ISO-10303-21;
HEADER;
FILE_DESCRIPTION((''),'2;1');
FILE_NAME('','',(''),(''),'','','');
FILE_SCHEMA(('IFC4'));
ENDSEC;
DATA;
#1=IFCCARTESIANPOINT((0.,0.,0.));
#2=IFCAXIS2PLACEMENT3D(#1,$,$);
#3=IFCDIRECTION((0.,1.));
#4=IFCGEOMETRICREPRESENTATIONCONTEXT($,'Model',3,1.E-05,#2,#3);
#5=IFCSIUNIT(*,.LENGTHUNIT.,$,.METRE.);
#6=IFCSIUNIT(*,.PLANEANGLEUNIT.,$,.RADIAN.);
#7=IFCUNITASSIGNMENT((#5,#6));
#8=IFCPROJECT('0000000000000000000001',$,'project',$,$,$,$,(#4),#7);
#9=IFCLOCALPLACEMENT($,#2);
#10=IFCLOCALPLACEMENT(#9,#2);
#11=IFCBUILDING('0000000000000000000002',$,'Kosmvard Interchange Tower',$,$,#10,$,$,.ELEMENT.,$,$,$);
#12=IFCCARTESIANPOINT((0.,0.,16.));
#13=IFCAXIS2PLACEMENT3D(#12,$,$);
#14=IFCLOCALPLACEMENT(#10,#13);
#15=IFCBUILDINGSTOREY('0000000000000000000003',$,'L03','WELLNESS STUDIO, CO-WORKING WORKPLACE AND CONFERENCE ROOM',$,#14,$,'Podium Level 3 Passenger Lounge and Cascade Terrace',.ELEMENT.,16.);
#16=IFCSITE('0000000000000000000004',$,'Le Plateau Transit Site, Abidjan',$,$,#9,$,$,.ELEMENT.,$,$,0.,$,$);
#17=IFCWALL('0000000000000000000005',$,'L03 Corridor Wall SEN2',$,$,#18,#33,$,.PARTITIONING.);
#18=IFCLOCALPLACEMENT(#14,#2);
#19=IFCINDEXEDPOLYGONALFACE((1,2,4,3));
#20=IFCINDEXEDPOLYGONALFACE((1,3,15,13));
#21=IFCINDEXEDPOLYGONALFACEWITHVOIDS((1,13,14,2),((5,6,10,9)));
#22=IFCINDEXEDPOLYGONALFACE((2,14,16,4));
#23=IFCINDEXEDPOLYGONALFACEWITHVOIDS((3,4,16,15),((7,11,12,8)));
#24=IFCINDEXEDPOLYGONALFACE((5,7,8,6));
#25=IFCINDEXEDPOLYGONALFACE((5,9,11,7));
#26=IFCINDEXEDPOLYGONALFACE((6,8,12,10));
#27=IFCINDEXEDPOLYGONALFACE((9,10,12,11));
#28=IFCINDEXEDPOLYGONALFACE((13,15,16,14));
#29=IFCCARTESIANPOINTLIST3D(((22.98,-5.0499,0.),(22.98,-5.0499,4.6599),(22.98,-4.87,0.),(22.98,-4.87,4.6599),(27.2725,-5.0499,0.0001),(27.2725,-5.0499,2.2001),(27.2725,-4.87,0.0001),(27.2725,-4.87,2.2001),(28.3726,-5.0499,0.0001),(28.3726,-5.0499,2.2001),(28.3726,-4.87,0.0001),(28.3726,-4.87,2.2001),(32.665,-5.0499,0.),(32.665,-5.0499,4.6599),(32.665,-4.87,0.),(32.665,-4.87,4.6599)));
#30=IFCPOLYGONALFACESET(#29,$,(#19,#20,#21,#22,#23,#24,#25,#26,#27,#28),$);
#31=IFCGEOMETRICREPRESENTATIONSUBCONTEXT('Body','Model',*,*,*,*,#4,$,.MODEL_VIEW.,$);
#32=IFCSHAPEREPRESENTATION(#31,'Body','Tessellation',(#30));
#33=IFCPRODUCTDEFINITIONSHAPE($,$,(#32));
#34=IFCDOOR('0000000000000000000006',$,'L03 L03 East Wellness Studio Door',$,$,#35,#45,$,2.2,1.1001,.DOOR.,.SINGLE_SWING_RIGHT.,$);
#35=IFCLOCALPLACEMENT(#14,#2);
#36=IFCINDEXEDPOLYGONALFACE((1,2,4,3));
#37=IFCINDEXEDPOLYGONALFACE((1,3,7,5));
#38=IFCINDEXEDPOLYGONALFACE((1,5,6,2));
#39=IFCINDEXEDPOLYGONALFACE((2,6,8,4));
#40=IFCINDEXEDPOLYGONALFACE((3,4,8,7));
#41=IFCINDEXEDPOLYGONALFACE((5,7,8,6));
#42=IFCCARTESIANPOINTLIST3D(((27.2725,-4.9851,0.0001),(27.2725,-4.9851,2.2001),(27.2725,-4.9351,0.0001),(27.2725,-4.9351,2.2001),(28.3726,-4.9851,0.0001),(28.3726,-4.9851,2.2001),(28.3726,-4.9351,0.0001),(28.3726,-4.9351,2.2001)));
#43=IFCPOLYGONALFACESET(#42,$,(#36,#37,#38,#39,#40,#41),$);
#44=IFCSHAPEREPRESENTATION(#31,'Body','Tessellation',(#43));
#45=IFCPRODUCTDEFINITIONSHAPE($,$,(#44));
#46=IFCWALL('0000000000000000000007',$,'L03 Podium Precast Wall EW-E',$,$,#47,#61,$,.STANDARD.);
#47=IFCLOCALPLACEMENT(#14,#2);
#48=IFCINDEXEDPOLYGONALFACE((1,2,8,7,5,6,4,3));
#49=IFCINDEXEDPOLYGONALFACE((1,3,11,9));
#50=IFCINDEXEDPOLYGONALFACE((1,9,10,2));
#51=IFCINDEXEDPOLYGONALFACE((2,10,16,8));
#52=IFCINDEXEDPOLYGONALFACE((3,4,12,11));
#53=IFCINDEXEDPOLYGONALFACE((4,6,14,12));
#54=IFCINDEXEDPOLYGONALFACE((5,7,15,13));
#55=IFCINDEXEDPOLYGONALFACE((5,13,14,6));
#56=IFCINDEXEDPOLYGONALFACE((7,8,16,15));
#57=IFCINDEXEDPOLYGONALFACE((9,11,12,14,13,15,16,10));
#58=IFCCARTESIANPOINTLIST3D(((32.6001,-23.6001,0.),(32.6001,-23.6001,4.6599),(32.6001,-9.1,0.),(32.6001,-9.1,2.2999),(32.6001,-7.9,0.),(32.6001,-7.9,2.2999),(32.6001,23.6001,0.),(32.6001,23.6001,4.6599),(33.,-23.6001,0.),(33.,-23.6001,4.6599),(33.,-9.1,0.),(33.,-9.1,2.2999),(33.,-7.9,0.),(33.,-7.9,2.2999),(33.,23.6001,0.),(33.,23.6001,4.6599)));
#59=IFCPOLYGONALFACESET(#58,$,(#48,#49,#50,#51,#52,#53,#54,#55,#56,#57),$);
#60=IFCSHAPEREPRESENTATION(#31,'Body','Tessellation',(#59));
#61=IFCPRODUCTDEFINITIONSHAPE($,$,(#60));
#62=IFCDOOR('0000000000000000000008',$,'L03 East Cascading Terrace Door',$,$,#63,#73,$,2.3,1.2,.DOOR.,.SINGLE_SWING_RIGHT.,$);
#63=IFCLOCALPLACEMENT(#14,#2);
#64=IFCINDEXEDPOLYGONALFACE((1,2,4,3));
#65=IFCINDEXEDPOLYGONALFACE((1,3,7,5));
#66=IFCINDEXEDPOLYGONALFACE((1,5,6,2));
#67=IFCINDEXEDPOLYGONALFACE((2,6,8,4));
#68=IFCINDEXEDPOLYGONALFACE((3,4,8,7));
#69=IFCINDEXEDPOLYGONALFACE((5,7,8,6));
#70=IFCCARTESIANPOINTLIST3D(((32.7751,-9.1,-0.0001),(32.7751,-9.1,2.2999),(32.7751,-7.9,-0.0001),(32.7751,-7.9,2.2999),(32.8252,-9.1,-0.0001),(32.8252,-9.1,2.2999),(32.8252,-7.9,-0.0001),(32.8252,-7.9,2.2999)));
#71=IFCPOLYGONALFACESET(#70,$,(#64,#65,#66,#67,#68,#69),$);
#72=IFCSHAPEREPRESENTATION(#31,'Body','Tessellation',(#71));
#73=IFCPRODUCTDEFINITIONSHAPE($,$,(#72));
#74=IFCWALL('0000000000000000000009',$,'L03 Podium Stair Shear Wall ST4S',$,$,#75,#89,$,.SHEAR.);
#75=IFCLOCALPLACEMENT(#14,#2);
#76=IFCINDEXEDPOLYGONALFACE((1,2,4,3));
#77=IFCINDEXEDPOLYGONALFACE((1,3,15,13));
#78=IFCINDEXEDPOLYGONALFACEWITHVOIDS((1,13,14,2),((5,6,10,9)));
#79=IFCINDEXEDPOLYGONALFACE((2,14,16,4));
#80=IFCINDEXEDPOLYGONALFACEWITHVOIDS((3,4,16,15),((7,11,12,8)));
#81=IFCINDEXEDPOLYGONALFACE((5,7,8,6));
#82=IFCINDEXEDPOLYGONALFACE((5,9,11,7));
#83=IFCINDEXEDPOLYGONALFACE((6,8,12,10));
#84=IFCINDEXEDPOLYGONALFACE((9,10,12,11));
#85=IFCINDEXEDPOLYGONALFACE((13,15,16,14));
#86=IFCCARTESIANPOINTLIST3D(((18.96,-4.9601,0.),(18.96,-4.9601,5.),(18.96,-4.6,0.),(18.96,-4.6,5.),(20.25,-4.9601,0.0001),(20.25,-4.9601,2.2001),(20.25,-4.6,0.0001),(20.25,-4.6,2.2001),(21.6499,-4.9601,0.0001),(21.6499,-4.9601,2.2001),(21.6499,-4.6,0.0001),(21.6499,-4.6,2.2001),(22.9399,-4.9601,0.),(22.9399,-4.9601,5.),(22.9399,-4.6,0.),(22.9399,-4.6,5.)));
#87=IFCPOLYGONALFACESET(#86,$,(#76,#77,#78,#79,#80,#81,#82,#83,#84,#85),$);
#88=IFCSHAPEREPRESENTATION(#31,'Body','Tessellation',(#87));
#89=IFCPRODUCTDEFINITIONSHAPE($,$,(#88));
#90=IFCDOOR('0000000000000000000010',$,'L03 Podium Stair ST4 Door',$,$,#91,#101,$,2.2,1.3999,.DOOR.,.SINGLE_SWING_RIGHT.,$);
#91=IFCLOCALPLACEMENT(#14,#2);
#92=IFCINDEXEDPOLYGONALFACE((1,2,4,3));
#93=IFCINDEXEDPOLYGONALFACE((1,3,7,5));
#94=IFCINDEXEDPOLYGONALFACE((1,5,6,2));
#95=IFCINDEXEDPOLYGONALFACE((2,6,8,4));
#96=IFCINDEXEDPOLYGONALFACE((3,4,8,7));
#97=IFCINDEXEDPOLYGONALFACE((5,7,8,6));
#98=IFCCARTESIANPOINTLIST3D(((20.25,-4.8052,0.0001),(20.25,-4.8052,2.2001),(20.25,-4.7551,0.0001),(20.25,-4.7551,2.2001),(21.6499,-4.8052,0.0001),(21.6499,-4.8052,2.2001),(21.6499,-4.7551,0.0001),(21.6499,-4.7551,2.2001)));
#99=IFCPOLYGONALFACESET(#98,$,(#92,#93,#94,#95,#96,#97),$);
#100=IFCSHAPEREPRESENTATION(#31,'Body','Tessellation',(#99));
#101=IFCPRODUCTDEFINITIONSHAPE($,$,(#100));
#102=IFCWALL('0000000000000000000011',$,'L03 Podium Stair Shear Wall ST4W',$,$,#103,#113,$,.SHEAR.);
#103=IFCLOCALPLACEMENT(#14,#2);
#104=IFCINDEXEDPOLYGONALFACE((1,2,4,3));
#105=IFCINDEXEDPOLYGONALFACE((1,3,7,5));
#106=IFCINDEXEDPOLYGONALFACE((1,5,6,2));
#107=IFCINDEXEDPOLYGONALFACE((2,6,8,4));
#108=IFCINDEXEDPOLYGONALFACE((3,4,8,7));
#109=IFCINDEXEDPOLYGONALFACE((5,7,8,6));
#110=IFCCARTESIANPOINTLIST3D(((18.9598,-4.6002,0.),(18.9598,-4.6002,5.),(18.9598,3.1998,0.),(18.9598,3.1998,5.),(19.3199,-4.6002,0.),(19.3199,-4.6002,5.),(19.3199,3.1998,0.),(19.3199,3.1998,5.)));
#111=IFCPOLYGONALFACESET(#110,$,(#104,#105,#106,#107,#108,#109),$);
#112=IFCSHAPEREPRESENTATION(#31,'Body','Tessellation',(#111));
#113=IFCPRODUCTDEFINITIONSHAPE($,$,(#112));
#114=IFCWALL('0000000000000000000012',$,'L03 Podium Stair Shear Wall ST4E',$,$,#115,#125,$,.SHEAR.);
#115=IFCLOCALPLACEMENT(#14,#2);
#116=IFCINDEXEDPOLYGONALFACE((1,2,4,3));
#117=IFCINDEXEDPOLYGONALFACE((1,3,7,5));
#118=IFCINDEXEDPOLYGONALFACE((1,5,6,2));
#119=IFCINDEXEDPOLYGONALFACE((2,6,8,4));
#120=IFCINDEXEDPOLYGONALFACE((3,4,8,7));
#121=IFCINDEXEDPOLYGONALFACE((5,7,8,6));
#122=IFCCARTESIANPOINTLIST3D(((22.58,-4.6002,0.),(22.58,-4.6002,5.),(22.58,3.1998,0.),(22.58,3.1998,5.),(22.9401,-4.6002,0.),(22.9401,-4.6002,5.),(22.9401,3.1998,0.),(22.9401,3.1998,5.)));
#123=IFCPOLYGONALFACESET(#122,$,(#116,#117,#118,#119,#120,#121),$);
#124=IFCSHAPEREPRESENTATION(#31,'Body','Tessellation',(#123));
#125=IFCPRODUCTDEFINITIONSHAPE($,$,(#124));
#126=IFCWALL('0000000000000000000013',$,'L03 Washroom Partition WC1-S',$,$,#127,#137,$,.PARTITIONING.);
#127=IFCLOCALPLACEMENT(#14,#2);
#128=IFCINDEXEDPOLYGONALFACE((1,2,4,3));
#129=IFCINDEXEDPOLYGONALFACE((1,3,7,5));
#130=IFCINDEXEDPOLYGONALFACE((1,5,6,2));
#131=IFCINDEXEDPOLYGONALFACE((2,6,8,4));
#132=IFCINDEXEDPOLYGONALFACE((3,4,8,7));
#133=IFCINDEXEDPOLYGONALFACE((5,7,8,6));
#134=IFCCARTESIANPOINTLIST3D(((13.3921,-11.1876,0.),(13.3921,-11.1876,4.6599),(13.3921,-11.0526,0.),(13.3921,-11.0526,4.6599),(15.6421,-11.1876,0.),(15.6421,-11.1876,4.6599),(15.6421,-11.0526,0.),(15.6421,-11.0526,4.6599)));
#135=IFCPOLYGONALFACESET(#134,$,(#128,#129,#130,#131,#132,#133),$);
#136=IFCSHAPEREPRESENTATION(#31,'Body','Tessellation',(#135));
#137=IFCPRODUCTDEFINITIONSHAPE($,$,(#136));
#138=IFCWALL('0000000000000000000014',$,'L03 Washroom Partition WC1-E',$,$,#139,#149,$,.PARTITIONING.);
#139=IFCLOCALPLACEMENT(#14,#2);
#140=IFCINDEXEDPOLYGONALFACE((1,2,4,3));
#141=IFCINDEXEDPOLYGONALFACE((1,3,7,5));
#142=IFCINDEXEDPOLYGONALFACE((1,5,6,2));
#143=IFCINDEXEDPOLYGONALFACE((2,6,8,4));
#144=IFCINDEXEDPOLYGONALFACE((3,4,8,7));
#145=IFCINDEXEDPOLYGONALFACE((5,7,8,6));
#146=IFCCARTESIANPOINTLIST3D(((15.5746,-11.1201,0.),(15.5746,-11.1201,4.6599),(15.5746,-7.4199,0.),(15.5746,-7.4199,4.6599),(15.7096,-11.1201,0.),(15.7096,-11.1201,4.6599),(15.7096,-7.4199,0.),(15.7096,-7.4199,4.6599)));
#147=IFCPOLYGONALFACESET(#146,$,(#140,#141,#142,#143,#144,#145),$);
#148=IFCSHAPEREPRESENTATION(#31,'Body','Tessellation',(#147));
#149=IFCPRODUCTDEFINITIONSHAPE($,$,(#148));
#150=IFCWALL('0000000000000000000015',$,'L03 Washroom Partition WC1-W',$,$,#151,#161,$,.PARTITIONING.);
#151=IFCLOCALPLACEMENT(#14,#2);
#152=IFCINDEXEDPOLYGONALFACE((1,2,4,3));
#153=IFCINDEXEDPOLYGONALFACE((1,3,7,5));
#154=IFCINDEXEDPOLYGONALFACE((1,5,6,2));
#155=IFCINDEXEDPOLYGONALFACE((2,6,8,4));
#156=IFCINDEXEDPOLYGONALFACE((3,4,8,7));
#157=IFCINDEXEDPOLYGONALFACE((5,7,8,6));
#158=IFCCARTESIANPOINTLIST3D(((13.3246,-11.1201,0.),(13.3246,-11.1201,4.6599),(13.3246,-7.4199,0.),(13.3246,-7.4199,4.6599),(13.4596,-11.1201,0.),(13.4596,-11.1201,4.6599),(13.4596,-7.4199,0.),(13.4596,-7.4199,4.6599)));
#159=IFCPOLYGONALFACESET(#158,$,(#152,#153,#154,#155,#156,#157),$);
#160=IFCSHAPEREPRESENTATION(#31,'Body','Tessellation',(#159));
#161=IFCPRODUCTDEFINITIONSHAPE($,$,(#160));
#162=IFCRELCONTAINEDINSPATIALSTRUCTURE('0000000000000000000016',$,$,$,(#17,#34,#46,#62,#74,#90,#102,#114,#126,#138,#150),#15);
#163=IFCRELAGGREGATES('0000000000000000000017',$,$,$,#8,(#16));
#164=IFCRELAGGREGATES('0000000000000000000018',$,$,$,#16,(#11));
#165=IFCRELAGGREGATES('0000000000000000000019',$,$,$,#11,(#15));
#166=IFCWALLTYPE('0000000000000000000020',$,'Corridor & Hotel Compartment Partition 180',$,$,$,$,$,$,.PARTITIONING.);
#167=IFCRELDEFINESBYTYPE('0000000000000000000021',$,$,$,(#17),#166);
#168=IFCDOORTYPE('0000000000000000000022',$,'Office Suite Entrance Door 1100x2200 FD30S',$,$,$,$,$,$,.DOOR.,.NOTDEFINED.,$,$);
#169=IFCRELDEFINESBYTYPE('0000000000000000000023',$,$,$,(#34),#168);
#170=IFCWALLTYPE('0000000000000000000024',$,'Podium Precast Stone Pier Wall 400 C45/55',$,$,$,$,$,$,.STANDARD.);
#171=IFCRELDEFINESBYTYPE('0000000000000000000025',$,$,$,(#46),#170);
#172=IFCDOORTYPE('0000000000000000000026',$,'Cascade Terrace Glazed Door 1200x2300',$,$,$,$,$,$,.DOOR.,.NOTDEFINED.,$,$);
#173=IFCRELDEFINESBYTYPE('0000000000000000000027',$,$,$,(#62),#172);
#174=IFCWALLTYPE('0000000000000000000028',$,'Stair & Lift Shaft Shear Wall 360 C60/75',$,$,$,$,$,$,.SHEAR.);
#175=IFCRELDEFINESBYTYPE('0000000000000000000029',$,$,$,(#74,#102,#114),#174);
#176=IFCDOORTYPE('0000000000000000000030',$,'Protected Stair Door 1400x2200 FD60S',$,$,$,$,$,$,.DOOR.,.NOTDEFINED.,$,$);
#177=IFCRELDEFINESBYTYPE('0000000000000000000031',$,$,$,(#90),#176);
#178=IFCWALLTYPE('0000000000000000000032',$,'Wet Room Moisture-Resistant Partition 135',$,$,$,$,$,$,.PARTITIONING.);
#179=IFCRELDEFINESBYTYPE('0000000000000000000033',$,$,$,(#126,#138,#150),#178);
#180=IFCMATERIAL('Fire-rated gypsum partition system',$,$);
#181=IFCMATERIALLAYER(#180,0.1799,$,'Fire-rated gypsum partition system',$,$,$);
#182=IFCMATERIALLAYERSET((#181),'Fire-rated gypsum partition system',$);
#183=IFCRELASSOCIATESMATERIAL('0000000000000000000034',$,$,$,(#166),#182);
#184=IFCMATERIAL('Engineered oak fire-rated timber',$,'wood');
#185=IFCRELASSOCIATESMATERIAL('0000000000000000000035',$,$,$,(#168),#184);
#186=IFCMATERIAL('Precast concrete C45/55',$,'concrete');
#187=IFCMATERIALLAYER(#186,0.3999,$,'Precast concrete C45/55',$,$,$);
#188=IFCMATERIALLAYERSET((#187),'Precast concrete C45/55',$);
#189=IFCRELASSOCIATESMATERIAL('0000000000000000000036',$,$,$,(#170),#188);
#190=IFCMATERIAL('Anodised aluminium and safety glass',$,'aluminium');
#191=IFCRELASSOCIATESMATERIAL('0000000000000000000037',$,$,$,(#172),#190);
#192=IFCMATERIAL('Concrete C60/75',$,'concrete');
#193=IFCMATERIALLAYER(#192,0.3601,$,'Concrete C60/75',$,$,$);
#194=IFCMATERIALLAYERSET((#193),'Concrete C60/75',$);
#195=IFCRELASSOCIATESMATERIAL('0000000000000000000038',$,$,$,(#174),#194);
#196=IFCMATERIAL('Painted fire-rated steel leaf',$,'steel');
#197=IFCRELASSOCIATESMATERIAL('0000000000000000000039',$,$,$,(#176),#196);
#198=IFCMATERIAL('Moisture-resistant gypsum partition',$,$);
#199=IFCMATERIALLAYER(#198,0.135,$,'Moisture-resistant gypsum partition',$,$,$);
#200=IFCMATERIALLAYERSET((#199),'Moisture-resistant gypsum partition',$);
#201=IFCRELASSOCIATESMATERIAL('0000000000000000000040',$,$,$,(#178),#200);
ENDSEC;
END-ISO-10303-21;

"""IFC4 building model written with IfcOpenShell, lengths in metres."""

from ifc_helpers import new_model, si_unit, direction, frame, frame_2d, origin, place, context, subcontext, project, spatial, rectangle, extrude, source, transform, mapped, material, layer, layer_set, type_object, element, fill, save


model = new_model("IFC4")

# Units and contexts
model_context = context("Model", 3, precision=1e-05, world=origin(), true_north=direction((0.0, 1.0)))
body_context = subcontext(model_context, "Body", "Model", "MODEL_VIEW")
ifc_project = project(units=[si_unit("LENGTHUNIT", "METRE"), si_unit("PLANEANGLEUNIT", "RADIAN")], contexts=[model_context])

# Site, building, storey
site_placement = place(None, origin())
site = spatial("IfcSite", under=ifc_project, at=site_placement, Name="Le Plateau Transit Site, Abidjan", CompositionType="ELEMENT", RefElevation=0.0)
building_placement = place(site_placement, origin())
building = spatial("IfcBuilding", under=site, at=building_placement, Name="Kosmvard Interchange Tower", CompositionType="ELEMENT")
storey_placement = place(building_placement, frame((0.0, 0.0, 16.0)))
storey = spatial("IfcBuildingStorey", under=building, at=storey_placement, Name="L03", Description="WELLNESS STUDIO, CO-WORKING WORKPLACE AND CONFERENCE ROOM", LongName="Podium Level 3 Passenger Lounge and Cascade Terrace", CompositionType="ELEMENT", Elevation=16.0)

# Shared definitions
ifc_material_1 = material(Name="Concrete C60/75", Category="concrete")

# Walls, openings, doors
ifc_material_2 = material(Name="Fire-rated gypsum partition system")
ifc_layer_1 = layer(ifc_material_2, 0.1799, Name="Fire-rated gypsum partition system")
ifc_layer_set_1 = layer_set([ifc_layer_1], Name="Fire-rated gypsum partition system")
wall_type_1 = type_object("IfcWallType", Name="Corridor & Hotel Compartment Partition 180", PredefinedType="PARTITIONING", material=ifc_layer_set_1)
wall_1_placement = place(storey_placement, frame((22.98, -4.96, 0.0), z_axis=(0.0, 0.0, 1.0), x_axis=(1.0, 0.0, 0.0)))
wall_1 = element("IfcWall", 1, at=wall_1_placement, inside=storey, type_object=wall_type_1, Name="L03 Corridor Wall SEN2", PredefinedType="PARTITIONING", context=body_context, shape_type="SweptSolid", body=[
    extrude(rectangle(XDim=9.6851, YDim=0.1799, at=frame_2d((4.8425, 0.0))), origin(), (0.0, 0.0, 1.0), 4.6599),
])
opening_1_placement = place(wall_1_placement, frame((4.2925, 0.0, 0.0)))
opening_1 = element("IfcOpeningElement", 2, at=opening_1_placement, cuts=wall_1, PredefinedType="OPENING", context=body_context, shape_type="SweptSolid", body=[
    extrude(rectangle(XDim=1.1001, YDim=2.2, at=frame_2d((0.55, 1.1001))), frame((0.0, 0.1001, 0.0), z_axis=(0.0, -1.0, 0.0), x_axis=(1.0, 0.0, 0.0)), (0.0, 0.0, 1.0), 0.2),
])
ifc_material_3 = material(Name="Engineered oak fire-rated timber", Category="wood")
door_type_1 = type_object("IfcDoorType", Name="Office Suite Entrance Door 1100x2200 FD30S", OperationType="NOTDEFINED", PredefinedType="DOOR", material=ifc_material_3)
shared_shape_1 = source(origin(), body_context, "Body", "SweptSolid", [
    extrude(rectangle(XDim=1.1001, YDim=2.2, at=frame_2d((0.55, 1.1001))), frame((0.0, 0.0249, 0.0), z_axis=(0.0, -1.0, 0.0), x_axis=(1.0, 0.0, 0.0)), (0.0, 0.0, 1.0), 0.05),
])
door_1_placement = place(opening_1_placement, origin())
door_1 = element("IfcDoor", 3, at=door_1_placement, inside=storey, type_object=door_type_1, Name="L03 L03 East Wellness Studio Door", OperationType="SINGLE_SWING_RIGHT", OverallHeight=2.2, OverallWidth=1.1001, PredefinedType="DOOR", context=body_context, shape_type="MappedRepresentation", body=[
    mapped(shared_shape_1, transform((0.0, 0.0, 0.0), scale=1.0)),
])
fill(opening_1, door_1)
ifc_material_4 = material(Name="Precast concrete C45/55", Category="concrete")
ifc_layer_2 = layer(ifc_material_4, 0.3999, Name="Precast concrete C45/55")
ifc_layer_set_2 = layer_set([ifc_layer_2], Name="Precast concrete C45/55")
wall_type_2 = type_object("IfcWallType", Name="Podium Precast Stone Pier Wall 400 C45/55", PredefinedType="STANDARD", material=ifc_layer_set_2)
wall_2_placement = place(storey_placement, frame((32.8, -23.6001, 0.0), z_axis=(0.0, 0.0, 1.0), x_axis=(0.0, 1.0, 0.0)))
wall_2 = element("IfcWall", 4, at=wall_2_placement, inside=storey, type_object=wall_type_2, Name="L03 Podium Precast Wall EW-E", PredefinedType="STANDARD", context=body_context, shape_type="SweptSolid", body=[
    extrude(rectangle(XDim=47.2002, YDim=0.3999, at=frame_2d((23.6001, 0.0))), origin(), (0.0, 0.0, 1.0), 4.6599),
])
opening_2_placement = place(wall_2_placement, frame((14.5, 0.0, 0.0)))
opening_2 = element("IfcOpeningElement", 5, at=opening_2_placement, cuts=wall_2, PredefinedType="OPENING", context=body_context, shape_type="SweptSolid", body=[
    extrude(rectangle(XDim=1.2, YDim=2.3, at=frame_2d((0.6001, 1.1499))), frame((0.0, 0.21, 0.0), z_axis=(0.0, -1.0, 0.0), x_axis=(1.0, 0.0, 0.0)), (0.0, 0.0, 1.0), 0.4199),
])
ifc_material_5 = material(Name="Anodised aluminium and safety glass", Category="aluminium")
door_type_2 = type_object("IfcDoorType", Name="Cascade Terrace Glazed Door 1200x2300", OperationType="NOTDEFINED", PredefinedType="DOOR", material=ifc_material_5)
shared_shape_2 = source(origin(), body_context, "Body", "SweptSolid", [
    extrude(rectangle(XDim=1.2, YDim=2.3, at=frame_2d((0.6001, 1.1499))), frame((0.0, 0.0249, 0.0), z_axis=(0.0, -1.0, 0.0), x_axis=(1.0, 0.0, 0.0)), (0.0, 0.0, 1.0), 0.05),
])
door_2_placement = place(opening_2_placement, origin())
door_2 = element("IfcDoor", 6, at=door_2_placement, inside=storey, type_object=door_type_2, Name="L03 East Cascading Terrace Door", OperationType="SINGLE_SWING_RIGHT", OverallHeight=2.3, OverallWidth=1.2, PredefinedType="DOOR", context=body_context, shape_type="MappedRepresentation", body=[
    mapped(shared_shape_2, transform((0.0, 0.0, 0.0), scale=1.0)),
])
fill(opening_2, door_2)
ifc_layer_3 = layer(ifc_material_1, 0.3601, Name="Concrete C60/75")
ifc_layer_set_3 = layer_set([ifc_layer_3], Name="Concrete C60/75")
wall_type_3 = type_object("IfcWallType", Name="Stair & Lift Shaft Shear Wall 360 C60/75", PredefinedType="SHEAR", material=ifc_layer_set_3)
wall_3_placement = place(storey_placement, frame((18.96, -4.78, 0.0), z_axis=(0.0, 0.0, 1.0), x_axis=(1.0, 0.0, 0.0)))
wall_3 = element("IfcWall", 7, at=wall_3_placement, inside=storey, type_object=wall_type_3, Name="L03 Podium Stair Shear Wall ST4S", PredefinedType="SHEAR", context=body_context, shape_type="SweptSolid", body=[
    extrude(rectangle(XDim=3.98, YDim=0.3601, at=frame_2d((1.99, 0.0))), origin(), (0.0, 0.0, 1.0), 5.0),
])
opening_3_placement = place(wall_3_placement, frame((1.29, 0.0, 0.0)))
opening_3 = element("IfcOpeningElement", 8, at=opening_3_placement, cuts=wall_3, PredefinedType="OPENING", context=body_context, shape_type="SweptSolid", body=[
    extrude(rectangle(XDim=1.3999, YDim=2.2, at=frame_2d((0.7, 1.1001))), frame((0.0, 0.1899, 0.0), z_axis=(0.0, -1.0, 0.0), x_axis=(1.0, 0.0, 0.0)), (0.0, 0.0, 1.0), 0.3801),
])
ifc_material_6 = material(Name="Painted fire-rated steel leaf", Category="steel")
door_type_3 = type_object("IfcDoorType", Name="Protected Stair Door 1400x2200 FD60S", OperationType="NOTDEFINED", PredefinedType="DOOR", material=ifc_material_6)
shared_shape_3 = source(origin(), body_context, "Body", "SweptSolid", [
    extrude(rectangle(XDim=1.3999, YDim=2.2, at=frame_2d((0.7, 1.1001))), frame((0.0, 0.0249, 0.0), z_axis=(0.0, -1.0, 0.0), x_axis=(1.0, 0.0, 0.0)), (0.0, 0.0, 1.0), 0.05),
])
door_3_placement = place(opening_3_placement, origin())
door_3 = element("IfcDoor", 9, at=door_3_placement, inside=storey, type_object=door_type_3, Name="L03 Podium Stair ST4 Door", OperationType="SINGLE_SWING_RIGHT", OverallHeight=2.2, OverallWidth=1.3999, PredefinedType="DOOR", context=body_context, shape_type="MappedRepresentation", body=[
    mapped(shared_shape_3, transform((0.0, 0.0, 0.0), scale=1.0)),
])
fill(opening_3, door_3)

# Walls
for number, where, z_axis, x_axis, name in (
    (10, (19.1399, -4.6001, 0.0), (0.0, 0.0, 1.0), (0.0, 1.0, 0.0), "L03 Podium Stair Shear Wall ST4W"),
    (11, (22.76, -4.6001, 0.0), (0.0, 0.0, 1.0), (0.0, 1.0, 0.0), "L03 Podium Stair Shear Wall ST4E"),
):
    element("IfcWall", number, at=place(storey_placement, frame(where, z_axis=z_axis, x_axis=x_axis)), inside=storey, type_object=wall_type_3, Name=name, PredefinedType="SHEAR", context=body_context, shape_type="SweptSolid", body=[
        extrude(rectangle(XDim=7.8, YDim=0.3601, at=frame_2d((3.8999, 0.0))), origin(), (0.0, 0.0, 1.0), 5.0),
    ])
ifc_material_7 = material(Name="Moisture-resistant gypsum partition")
ifc_layer_4 = layer(ifc_material_7, 0.135, Name="Moisture-resistant gypsum partition")
ifc_layer_set_4 = layer_set([ifc_layer_4], Name="Moisture-resistant gypsum partition")
wall_type_4 = type_object("IfcWallType", Name="Wet Room Moisture-Resistant Partition 135", PredefinedType="PARTITIONING", material=ifc_layer_set_4)
wall_4_placement = place(storey_placement, frame((13.3921, -11.1201, 0.0), z_axis=(0.0, 0.0, 1.0), x_axis=(1.0, 0.0, 0.0)))
element("IfcWall", 12, at=wall_4_placement, inside=storey, type_object=wall_type_4, Name="L03 Washroom Partition WC1-S", PredefinedType="PARTITIONING", context=body_context, shape_type="SweptSolid", body=[
    extrude(rectangle(XDim=2.25, YDim=0.135, at=frame_2d((1.125, 0.0))), origin(), (0.0, 0.0, 1.0), 4.6599),
])
for number, where, z_axis, x_axis, name in (
    (13, (15.6421, -11.1201, 0.0), (0.0, 0.0, 1.0), (0.0, 1.0, 0.0), "L03 Washroom Partition WC1-E"),
    (14, (13.3921, -11.1201, 0.0), (0.0, 0.0, 1.0), (0.0, 1.0, 0.0), "L03 Washroom Partition WC1-W"),
):
    element("IfcWall", number, at=place(storey_placement, frame(where, z_axis=z_axis, x_axis=x_axis)), inside=storey, type_object=wall_type_4, Name=name, PredefinedType="PARTITIONING", context=body_context, shape_type="SweptSolid", body=[
        extrude(rectangle(XDim=3.7002, YDim=0.135, at=frame_2d((1.8501, 0.0))), origin(), (0.0, 0.0, 1.0), 4.6599),
    ])

save(model, "model.ifc")
